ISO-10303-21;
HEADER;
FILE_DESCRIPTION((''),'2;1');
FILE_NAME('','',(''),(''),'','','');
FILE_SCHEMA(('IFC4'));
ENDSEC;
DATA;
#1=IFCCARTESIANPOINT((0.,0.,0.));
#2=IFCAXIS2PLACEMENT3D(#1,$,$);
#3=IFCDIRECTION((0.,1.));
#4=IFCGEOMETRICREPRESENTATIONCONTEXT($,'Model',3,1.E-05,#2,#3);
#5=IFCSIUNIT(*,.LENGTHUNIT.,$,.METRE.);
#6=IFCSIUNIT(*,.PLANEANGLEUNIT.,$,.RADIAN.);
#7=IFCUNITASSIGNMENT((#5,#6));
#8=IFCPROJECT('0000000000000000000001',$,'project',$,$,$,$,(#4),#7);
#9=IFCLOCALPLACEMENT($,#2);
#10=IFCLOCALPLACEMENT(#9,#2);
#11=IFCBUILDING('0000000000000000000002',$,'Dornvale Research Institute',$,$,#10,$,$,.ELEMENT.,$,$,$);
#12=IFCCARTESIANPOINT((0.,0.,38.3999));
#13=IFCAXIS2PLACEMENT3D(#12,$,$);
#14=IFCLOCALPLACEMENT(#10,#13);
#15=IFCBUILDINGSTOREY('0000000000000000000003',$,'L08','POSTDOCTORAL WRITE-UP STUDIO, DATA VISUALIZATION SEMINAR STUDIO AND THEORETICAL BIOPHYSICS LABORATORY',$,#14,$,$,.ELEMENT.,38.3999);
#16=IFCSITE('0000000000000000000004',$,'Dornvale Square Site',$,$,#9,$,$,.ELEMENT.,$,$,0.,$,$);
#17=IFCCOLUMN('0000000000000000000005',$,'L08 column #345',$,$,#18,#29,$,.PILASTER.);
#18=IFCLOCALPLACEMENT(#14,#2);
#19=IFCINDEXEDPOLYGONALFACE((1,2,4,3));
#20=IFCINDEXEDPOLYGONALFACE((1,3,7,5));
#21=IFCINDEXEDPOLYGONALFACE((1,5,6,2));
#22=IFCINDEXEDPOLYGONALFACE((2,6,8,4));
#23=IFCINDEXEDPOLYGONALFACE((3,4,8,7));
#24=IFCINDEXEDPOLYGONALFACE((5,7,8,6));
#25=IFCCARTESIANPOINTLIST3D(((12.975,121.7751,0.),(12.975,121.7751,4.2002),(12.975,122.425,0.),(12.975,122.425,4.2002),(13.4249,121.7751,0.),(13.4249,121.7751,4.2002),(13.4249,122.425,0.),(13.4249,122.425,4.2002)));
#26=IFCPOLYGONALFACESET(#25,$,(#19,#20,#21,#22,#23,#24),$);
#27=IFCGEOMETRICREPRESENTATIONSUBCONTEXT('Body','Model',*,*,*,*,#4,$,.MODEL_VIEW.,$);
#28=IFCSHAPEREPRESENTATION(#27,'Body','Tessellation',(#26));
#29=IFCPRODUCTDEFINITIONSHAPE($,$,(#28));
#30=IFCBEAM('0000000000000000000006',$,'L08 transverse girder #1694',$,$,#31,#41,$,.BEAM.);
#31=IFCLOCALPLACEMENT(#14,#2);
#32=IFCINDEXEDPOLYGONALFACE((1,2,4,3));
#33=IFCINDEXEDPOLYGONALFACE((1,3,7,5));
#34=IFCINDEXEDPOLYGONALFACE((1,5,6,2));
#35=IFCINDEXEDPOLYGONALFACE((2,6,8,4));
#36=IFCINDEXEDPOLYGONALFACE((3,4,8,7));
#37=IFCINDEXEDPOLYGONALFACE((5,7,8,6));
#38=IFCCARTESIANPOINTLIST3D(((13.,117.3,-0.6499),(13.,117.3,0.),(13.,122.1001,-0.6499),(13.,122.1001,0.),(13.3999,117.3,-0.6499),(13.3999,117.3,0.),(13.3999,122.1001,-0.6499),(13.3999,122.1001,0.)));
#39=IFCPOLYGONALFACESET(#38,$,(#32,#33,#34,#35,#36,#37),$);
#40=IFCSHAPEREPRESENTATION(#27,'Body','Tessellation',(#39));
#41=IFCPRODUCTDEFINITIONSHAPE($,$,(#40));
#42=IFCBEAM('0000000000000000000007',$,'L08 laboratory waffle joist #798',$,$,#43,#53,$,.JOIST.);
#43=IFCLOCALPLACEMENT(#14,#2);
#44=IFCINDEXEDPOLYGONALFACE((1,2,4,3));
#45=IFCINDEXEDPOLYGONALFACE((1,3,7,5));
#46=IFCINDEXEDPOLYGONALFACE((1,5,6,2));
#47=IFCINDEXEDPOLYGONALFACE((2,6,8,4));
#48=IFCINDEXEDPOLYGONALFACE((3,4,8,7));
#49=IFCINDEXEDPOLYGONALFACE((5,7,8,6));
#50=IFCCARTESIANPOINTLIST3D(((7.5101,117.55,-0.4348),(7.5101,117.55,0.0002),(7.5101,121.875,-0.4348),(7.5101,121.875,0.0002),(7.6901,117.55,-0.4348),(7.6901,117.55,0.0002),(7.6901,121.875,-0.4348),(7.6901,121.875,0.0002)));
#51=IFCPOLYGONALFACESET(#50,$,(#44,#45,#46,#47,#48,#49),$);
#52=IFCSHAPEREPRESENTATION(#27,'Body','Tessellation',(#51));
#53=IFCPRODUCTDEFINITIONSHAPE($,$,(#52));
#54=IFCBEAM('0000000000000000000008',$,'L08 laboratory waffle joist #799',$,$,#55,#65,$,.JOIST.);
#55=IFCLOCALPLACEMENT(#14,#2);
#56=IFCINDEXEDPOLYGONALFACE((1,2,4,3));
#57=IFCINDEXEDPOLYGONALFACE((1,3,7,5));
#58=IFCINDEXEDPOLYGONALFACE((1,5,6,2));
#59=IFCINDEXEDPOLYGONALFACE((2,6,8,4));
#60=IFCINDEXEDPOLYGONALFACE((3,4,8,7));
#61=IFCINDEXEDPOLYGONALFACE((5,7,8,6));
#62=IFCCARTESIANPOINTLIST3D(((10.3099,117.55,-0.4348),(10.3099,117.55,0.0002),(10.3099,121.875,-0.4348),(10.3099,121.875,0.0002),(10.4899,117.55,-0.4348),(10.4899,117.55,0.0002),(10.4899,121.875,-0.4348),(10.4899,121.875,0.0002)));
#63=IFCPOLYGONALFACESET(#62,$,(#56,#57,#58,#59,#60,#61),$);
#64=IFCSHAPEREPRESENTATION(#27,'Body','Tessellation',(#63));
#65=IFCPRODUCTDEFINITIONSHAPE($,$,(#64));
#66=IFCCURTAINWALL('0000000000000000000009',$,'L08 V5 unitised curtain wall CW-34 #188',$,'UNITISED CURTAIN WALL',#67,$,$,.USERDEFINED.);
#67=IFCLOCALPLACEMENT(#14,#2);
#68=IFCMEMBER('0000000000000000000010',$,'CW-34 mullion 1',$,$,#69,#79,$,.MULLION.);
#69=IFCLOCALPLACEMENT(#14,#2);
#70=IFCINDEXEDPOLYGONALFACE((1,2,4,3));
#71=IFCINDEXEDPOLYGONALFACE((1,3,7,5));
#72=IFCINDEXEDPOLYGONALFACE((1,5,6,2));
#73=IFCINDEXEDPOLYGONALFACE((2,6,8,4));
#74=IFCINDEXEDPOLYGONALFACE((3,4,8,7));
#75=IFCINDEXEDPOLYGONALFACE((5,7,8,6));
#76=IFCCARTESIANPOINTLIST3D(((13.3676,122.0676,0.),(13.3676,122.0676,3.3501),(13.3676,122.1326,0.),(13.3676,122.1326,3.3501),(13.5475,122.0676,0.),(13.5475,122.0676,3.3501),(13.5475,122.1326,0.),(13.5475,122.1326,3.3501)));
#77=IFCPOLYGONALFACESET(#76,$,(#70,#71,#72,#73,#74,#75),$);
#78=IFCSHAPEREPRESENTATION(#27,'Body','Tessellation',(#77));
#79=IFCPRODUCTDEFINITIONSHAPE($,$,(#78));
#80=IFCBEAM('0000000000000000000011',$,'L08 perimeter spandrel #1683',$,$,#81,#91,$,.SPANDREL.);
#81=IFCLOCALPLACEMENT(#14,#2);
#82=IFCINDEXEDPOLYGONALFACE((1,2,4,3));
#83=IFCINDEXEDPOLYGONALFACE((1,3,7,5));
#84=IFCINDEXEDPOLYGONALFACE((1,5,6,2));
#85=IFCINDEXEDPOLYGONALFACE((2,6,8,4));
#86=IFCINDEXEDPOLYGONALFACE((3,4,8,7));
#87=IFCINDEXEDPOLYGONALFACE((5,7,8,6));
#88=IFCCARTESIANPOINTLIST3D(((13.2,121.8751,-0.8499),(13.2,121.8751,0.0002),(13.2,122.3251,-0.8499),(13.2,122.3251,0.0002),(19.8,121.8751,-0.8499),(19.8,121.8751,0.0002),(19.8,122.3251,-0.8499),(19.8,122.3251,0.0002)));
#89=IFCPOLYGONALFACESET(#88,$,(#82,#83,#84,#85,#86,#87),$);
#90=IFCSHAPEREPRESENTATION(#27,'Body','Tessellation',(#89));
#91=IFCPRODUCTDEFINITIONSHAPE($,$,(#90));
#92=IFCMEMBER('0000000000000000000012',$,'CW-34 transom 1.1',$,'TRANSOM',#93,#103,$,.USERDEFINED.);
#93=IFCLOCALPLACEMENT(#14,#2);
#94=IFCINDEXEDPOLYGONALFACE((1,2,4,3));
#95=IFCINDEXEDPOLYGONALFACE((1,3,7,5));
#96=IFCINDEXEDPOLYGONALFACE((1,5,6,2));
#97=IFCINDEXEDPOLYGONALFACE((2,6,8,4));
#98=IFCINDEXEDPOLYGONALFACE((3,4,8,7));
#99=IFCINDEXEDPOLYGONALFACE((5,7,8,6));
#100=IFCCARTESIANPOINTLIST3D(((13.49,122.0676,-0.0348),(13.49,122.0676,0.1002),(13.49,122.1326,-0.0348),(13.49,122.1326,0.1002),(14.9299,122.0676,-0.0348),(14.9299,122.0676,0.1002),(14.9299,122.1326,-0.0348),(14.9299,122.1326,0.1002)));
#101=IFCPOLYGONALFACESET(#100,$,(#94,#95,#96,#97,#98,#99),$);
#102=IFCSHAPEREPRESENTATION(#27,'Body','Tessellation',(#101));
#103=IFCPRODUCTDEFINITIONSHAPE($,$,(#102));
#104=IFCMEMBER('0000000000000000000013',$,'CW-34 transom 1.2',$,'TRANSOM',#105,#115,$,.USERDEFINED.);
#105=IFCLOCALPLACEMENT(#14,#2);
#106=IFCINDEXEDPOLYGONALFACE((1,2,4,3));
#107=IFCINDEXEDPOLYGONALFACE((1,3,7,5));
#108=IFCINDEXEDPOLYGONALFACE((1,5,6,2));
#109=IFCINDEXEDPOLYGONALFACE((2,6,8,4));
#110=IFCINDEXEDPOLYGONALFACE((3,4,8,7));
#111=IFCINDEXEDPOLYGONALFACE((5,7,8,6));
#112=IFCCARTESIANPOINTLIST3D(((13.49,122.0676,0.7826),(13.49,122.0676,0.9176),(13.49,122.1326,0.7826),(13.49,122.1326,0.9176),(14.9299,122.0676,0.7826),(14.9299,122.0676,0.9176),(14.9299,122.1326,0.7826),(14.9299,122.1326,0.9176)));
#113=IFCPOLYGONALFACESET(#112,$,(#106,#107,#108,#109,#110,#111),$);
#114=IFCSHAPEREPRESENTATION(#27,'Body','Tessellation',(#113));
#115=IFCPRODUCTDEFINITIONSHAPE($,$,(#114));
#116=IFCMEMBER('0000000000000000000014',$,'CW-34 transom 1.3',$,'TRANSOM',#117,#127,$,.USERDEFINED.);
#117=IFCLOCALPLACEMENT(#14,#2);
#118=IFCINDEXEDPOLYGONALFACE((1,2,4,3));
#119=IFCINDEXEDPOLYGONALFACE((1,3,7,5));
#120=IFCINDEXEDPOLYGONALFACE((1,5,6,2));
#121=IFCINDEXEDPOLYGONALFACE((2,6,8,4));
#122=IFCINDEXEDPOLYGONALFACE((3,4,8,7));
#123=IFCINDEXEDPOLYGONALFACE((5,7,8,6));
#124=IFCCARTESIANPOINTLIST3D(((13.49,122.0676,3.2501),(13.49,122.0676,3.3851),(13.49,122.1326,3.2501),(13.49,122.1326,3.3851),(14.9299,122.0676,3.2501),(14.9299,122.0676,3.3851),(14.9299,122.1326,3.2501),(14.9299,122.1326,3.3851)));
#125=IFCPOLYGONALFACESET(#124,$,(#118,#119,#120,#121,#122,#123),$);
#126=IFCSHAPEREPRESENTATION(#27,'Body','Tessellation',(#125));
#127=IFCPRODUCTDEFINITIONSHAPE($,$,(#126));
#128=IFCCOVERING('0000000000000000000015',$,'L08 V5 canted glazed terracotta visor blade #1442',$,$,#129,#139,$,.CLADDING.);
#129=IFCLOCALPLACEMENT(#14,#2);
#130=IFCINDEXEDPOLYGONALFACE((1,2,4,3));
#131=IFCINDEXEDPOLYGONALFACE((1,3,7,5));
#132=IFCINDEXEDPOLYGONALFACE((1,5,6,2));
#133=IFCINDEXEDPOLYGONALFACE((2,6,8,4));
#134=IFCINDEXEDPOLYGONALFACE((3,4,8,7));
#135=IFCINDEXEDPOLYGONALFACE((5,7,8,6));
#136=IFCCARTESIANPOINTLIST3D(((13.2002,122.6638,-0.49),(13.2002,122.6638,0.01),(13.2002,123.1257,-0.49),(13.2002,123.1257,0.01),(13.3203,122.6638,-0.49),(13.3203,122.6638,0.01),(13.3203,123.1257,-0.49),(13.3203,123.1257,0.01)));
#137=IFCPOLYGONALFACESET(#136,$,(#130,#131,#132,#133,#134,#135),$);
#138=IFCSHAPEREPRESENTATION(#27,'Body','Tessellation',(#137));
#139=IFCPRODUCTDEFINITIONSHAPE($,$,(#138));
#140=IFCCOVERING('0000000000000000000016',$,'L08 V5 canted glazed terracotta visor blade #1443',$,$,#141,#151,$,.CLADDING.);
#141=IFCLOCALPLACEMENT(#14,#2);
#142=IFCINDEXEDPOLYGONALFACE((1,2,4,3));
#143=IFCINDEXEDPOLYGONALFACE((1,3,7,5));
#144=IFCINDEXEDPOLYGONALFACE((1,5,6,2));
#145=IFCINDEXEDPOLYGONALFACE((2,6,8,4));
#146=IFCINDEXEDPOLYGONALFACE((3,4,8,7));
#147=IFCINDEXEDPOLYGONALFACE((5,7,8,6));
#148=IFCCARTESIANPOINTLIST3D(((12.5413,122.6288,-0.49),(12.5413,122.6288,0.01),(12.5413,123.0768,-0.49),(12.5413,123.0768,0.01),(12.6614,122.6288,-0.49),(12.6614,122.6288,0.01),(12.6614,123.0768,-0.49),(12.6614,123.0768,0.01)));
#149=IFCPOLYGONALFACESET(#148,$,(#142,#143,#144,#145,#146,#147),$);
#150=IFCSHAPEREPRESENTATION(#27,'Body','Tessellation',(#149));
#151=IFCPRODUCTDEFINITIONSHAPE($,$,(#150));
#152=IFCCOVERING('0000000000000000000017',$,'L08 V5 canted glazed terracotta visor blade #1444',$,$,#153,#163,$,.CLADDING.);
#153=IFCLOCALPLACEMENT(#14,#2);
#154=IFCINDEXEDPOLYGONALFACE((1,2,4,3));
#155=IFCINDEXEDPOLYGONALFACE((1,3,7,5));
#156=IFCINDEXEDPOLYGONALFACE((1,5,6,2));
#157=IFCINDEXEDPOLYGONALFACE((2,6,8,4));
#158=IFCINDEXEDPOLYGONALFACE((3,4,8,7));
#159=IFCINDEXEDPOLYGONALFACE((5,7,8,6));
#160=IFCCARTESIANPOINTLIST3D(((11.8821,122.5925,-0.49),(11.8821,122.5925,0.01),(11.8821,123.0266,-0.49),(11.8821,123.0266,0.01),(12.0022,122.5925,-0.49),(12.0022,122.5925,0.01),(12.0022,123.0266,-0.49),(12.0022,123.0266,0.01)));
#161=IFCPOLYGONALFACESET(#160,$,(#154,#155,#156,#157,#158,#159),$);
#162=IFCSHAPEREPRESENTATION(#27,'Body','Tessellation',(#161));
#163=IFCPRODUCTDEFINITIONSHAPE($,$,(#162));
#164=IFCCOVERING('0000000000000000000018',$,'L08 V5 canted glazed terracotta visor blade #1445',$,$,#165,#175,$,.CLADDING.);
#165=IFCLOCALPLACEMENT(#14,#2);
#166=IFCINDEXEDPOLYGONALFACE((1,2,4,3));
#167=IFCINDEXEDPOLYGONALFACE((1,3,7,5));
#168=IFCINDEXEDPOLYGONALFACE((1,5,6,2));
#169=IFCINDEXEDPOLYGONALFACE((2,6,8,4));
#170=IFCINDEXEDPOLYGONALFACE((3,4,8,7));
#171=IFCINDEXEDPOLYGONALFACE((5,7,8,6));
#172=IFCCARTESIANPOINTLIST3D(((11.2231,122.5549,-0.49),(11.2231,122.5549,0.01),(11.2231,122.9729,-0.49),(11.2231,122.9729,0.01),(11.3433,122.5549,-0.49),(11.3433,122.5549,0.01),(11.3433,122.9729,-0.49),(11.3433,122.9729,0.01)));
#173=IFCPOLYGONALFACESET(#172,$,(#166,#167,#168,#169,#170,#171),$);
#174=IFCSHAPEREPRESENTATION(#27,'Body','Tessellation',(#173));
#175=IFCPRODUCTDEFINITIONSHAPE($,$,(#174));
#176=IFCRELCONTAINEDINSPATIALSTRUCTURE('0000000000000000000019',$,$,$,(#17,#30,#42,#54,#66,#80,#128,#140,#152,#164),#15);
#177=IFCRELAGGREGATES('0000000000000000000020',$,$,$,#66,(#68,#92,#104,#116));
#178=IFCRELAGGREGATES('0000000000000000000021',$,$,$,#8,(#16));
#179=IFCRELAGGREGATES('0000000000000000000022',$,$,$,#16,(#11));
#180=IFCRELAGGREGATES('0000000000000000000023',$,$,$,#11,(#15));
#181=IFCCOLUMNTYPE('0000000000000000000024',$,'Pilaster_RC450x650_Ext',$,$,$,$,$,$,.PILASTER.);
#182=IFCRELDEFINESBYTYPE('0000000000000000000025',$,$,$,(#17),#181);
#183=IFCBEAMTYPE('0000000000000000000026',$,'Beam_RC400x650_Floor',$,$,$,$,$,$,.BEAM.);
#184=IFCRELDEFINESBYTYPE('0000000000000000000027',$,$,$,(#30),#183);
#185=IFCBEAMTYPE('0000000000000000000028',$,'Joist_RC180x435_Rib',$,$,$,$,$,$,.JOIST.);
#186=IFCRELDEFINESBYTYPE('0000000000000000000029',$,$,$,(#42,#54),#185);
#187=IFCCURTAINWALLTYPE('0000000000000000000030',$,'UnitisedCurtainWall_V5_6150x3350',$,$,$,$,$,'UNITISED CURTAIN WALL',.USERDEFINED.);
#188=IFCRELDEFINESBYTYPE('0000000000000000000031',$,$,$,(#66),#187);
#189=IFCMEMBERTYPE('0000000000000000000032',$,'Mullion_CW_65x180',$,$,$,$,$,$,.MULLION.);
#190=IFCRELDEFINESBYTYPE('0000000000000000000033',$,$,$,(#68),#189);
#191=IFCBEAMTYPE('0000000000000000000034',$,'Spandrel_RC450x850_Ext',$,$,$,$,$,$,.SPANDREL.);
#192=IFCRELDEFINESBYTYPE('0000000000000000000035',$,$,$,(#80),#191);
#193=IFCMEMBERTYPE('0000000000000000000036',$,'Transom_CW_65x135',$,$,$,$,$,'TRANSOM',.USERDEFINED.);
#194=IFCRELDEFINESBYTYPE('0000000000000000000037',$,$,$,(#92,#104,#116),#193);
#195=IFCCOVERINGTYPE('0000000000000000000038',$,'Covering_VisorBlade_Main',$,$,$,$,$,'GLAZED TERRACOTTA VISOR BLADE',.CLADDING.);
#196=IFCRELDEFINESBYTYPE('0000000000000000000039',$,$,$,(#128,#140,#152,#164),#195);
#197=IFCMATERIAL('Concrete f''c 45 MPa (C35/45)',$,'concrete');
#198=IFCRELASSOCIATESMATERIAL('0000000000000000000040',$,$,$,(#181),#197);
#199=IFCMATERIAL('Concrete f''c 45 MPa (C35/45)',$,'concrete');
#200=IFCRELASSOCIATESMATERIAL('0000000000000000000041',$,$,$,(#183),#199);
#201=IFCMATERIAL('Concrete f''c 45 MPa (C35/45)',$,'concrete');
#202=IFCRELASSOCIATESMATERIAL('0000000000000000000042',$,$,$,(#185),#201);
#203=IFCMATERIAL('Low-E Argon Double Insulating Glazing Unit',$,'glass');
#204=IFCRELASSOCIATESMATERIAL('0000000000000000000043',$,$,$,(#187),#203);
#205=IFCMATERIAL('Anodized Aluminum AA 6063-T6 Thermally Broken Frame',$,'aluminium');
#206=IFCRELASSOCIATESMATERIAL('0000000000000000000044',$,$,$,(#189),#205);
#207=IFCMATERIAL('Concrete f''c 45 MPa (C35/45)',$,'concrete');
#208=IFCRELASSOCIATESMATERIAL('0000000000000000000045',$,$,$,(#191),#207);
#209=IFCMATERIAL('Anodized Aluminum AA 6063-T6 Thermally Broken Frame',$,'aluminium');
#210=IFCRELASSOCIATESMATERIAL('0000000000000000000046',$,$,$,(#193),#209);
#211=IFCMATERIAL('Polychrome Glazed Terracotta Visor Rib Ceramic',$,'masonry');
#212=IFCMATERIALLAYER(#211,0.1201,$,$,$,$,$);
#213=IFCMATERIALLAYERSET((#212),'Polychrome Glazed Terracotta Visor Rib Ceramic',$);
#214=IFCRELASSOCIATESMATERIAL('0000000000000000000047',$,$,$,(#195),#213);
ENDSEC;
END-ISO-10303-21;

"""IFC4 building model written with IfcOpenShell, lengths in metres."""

from ifc_helpers import new_model, si_unit, direction, frame, origin, origin_2d, place, context, subcontext, project, spatial, rectangle, extrude, material, layer, layer_set, material_profile, profile_set, type_object, element, aggregate, save


model = new_model("IFC4")

# Units and contexts
model_context = context("Model", 3, precision=1e-05, world=origin(), true_north=direction((0.0, 1.0)))
body_context = subcontext(model_context, "Body", "Model", "MODEL_VIEW")
ifc_project = project(units=[si_unit("LENGTHUNIT", "METRE"), si_unit("PLANEANGLEUNIT", "RADIAN")], contexts=[model_context])

# Site, building, storey
site_placement = place(None, origin())
site = spatial("IfcSite", under=ifc_project, at=site_placement, Name="Dornvale Square Site", CompositionType="ELEMENT", RefElevation=0.0)
building_placement = place(site_placement, origin())
building = spatial("IfcBuilding", under=site, at=building_placement, Name="Dornvale Research Institute", CompositionType="ELEMENT")
storey_placement = place(building_placement, frame((0.0, 0.0, 38.3999)))
storey = spatial("IfcBuildingStorey", under=building, at=storey_placement, Name="L08", Description="POSTDOCTORAL WRITE-UP STUDIO, DATA VISUALIZATION SEMINAR STUDIO AND THEORETICAL BIOPHYSICS LABORATORY", CompositionType="ELEMENT", Elevation=38.3999)

# Column
ifc_material_1 = material(Name="Concrete f'c 45 MPa (C35/45)", Category="concrete")
ifc_material_profile_1 = material_profile(ifc_material_1, rectangle(XDim=0.45, YDim=0.6499, at=origin_2d()), Name="RC 450x650")
ifc_profile_set_1 = profile_set([ifc_material_profile_1], Name="Concrete f'c 45 MPa (C35/45)")
column_type = type_object("IfcColumnType", Name="Pilaster_RC450x650_Ext", PredefinedType="PILASTER", material=ifc_profile_set_1)
column_placement = place(storey_placement, frame((13.2, 122.1001, 0.0), z_axis=(0.0, 0.0, 1.0), x_axis=(1.0, 0.0, 0.0)))
element("IfcColumn", 1, at=column_placement, inside=storey, type_object=column_type, Name="L08 column #345", PredefinedType="PILASTER", context=body_context, shape_type="SweptSolid", body=[
    extrude(rectangle(XDim=0.45, YDim=0.6499, at=origin_2d()), origin(), (0.0, 0.0, 1.0), 4.2002),
])

# Beams
ifc_material_2 = material(Name="Concrete f'c 45 MPa (C35/45)", Category="concrete")
ifc_material_profile_2 = material_profile(ifc_material_2, rectangle(XDim=0.3999, YDim=0.6499, at=origin_2d()), Name="RC 400x650")
ifc_profile_set_2 = profile_set([ifc_material_profile_2], Name="Concrete f'c 45 MPa (C35/45)")
beam_type_1 = type_object("IfcBeamType", Name="Beam_RC400x650_Floor", PredefinedType="BEAM", material=ifc_profile_set_2)
beam_1_placement = place(storey_placement, frame((13.2, 117.3, -0.325), z_axis=(0.0, 1.0, 0.0), x_axis=(-1.0, 0.0, 0.0)))
element("IfcBeam", 2, at=beam_1_placement, inside=storey, type_object=beam_type_1, Name="L08 transverse girder #1694", PredefinedType="BEAM", context=body_context, shape_type="SweptSolid", body=[
    extrude(rectangle(XDim=0.3999, YDim=0.6499, at=origin_2d()), origin(), (0.0, 0.0, 1.0), 4.8),
])
ifc_material_3 = material(Name="Concrete f'c 45 MPa (C35/45)", Category="concrete")
ifc_material_profile_3 = material_profile(ifc_material_3, rectangle(XDim=0.1799, YDim=0.4351, at=origin_2d()), Name="RC 180x435")
ifc_profile_set_3 = profile_set([ifc_material_profile_3], Name="Concrete f'c 45 MPa (C35/45)")
beam_type_2 = type_object("IfcBeamType", Name="Joist_RC180x435_Rib", PredefinedType="JOIST", material=ifc_profile_set_3)
for number, where, z_axis, x_axis, name in (
    (3, (7.6001, 117.55, -0.2173), (0.0, 1.0, 0.0), (-1.0, 0.0, 0.0), "L08 laboratory waffle joist #798"),
    (4, (10.3999, 117.55, -0.2173), (0.0, 1.0, 0.0), (-1.0, 0.0, 0.0), "L08 laboratory waffle joist #799"),
):
    element("IfcBeam", number, at=place(storey_placement, frame(where, z_axis=z_axis, x_axis=x_axis)), inside=storey, type_object=beam_type_2, Name=name, PredefinedType="JOIST", context=body_context, shape_type="SweptSolid", body=[
        extrude(rectangle(XDim=0.1799, YDim=0.4351, at=origin_2d()), origin(), (0.0, 0.0, 1.0), 4.325),
    ])

# Curtain wall, member
ifc_material_4 = material(Name="Low-E Argon Double Insulating Glazing Unit", Category="glass")
curtain_wall_type = type_object("IfcCurtainWallType", Name="UnitisedCurtainWall_V5_6150x3350", ElementType="UNITISED CURTAIN WALL", PredefinedType="USERDEFINED", material=ifc_material_4)
curtain_wall_placement = place(storey_placement, origin())
curtain_wall = element("IfcCurtainWall", 5, at=curtain_wall_placement, inside=storey, type_object=curtain_wall_type, Name="L08 V5 unitised curtain wall CW-34 #188", ObjectType="UNITISED CURTAIN WALL", PredefinedType="USERDEFINED")
ifc_material_5 = material(Name="Anodized Aluminum AA 6063-T6 Thermally Broken Frame", Category="aluminium")
ifc_material_profile_4 = material_profile(ifc_material_5, rectangle(XDim=0.0649, YDim=0.1799, at=origin_2d()), Name="ALU MULLION 65x180")
ifc_profile_set_4 = profile_set([ifc_material_profile_4], Name="Anodized Aluminum AA 6063-T6 Thermally Broken Frame")
member_type_1 = type_object("IfcMemberType", Name="Mullion_CW_65x180", PredefinedType="MULLION", material=ifc_profile_set_4)
member_1_placement = place(storey_placement, frame((13.4575, 122.1001, 0.0), z_axis=(0.0, 0.0, 1.0), x_axis=(0.0, 1.0, 0.0)))
member_1 = element("IfcMember", 6, at=member_1_placement, type_object=member_type_1, Name="CW-34 mullion 1", PredefinedType="MULLION", context=body_context, shape_type="SweptSolid", body=[
    extrude(rectangle(XDim=0.0649, YDim=0.1799, at=origin_2d()), origin(), (0.0, 0.0, 1.0), 3.3501),
])

# Beam
ifc_material_6 = material(Name="Concrete f'c 45 MPa (C35/45)", Category="concrete")
ifc_material_profile_5 = material_profile(ifc_material_6, rectangle(XDim=0.45, YDim=0.8501, at=origin_2d()), Name="RC 450x850")
ifc_profile_set_5 = profile_set([ifc_material_profile_5], Name="Concrete f'c 45 MPa (C35/45)")
beam_type_3 = type_object("IfcBeamType", Name="Spandrel_RC450x850_Ext", PredefinedType="SPANDREL", material=ifc_profile_set_5)
beam_2_placement = place(storey_placement, frame((13.2, 122.1001, -0.4248), z_axis=(1.0, 0.0, 0.0), x_axis=(0.0, 1.0, 0.0)))
element("IfcBeam", 7, at=beam_2_placement, inside=storey, type_object=beam_type_3, Name="L08 perimeter spandrel #1683", PredefinedType="SPANDREL", context=body_context, shape_type="SweptSolid", body=[
    extrude(rectangle(XDim=0.45, YDim=0.8501, at=origin_2d()), origin(), (0.0, 0.0, 1.0), 6.6001),
])

# Members
ifc_material_7 = material(Name="Anodized Aluminum AA 6063-T6 Thermally Broken Frame", Category="aluminium")
ifc_material_profile_6 = material_profile(ifc_material_7, rectangle(XDim=0.0649, YDim=0.135, at=origin_2d()), Name="ALU TRANSOM 65x135")
ifc_profile_set_6 = profile_set([ifc_material_profile_6], Name="Anodized Aluminum AA 6063-T6 Thermally Broken Frame")
member_type_2 = type_object("IfcMemberType", Name="Transom_CW_65x135", ElementType="TRANSOM", PredefinedType="USERDEFINED", material=ifc_profile_set_6)
member_2_placement = place(storey_placement, frame((13.49, 122.1001, 0.0327), z_axis=(1.0, 0.0, 0.0), x_axis=(0.0, 1.0, 0.0)))
member_2 = element("IfcMember", 8, at=member_2_placement, type_object=member_type_2, Name="CW-34 transom 1.1", ObjectType="TRANSOM", PredefinedType="USERDEFINED", context=body_context, shape_type="SweptSolid", body=[
    extrude(rectangle(XDim=0.0649, YDim=0.135, at=origin_2d()), origin(), (0.0, 0.0, 1.0), 1.4399),
])
member_3_placement = place(storey_placement, frame((13.49, 122.1001, 0.8501), z_axis=(1.0, 0.0, 0.0), x_axis=(0.0, 1.0, 0.0)))
member_3 = element("IfcMember", 9, at=member_3_placement, type_object=member_type_2, Name="CW-34 transom 1.2", ObjectType="TRANSOM", PredefinedType="USERDEFINED", context=body_context, shape_type="SweptSolid", body=[
    extrude(rectangle(XDim=0.0649, YDim=0.135, at=origin_2d()), origin(), (0.0, 0.0, 1.0), 1.4399),
])
member_4_placement = place(storey_placement, frame((13.49, 122.1001, 3.3176), z_axis=(1.0, 0.0, 0.0), x_axis=(0.0, 1.0, 0.0)))
member_4 = element("IfcMember", 10, at=member_4_placement, type_object=member_type_2, Name="CW-34 transom 1.3", ObjectType="TRANSOM", PredefinedType="USERDEFINED", context=body_context, shape_type="SweptSolid", body=[
    extrude(rectangle(XDim=0.0649, YDim=0.135, at=origin_2d()), origin(), (0.0, 0.0, 1.0), 1.4399),
])
aggregate(curtain_wall, [member_1, member_2, member_3, member_4])

# Coverings
ifc_material_8 = material(Name="Polychrome Glazed Terracotta Visor Rib Ceramic", Category="masonry")
ifc_layer = layer(ifc_material_8, 0.1201)
ifc_layer_set = layer_set([ifc_layer], Name="Polychrome Glazed Terracotta Visor Rib Ceramic")
covering_type = type_object("IfcCoveringType", Name="Covering_VisorBlade_Main", ElementType="GLAZED TERRACOTTA VISOR BLADE", PredefinedType="CLADDING", material=ifc_layer_set)
covering_1_placement = place(storey_placement, frame((13.2603, 122.8948, -0.49), z_axis=(0.0, 0.0, 1.0), x_axis=(0.0, 1.0, 0.0)))
element("IfcCovering", 11, at=covering_1_placement, inside=storey, type_object=covering_type, Name="L08 V5 canted glazed terracotta visor blade #1442", PredefinedType="CLADDING", context=body_context, shape_type="SweptSolid", body=[
    extrude(rectangle(XDim=0.4619, YDim=0.1201, at=origin_2d()), origin(), (0.0, 0.0, 1.0), 0.5),
])
covering_2_placement = place(storey_placement, frame((12.6013, 122.8528, -0.49), z_axis=(0.0, 0.0, 1.0), x_axis=(0.0, 1.0, 0.0)))
element("IfcCovering", 12, at=covering_2_placement, inside=storey, type_object=covering_type, Name="L08 V5 canted glazed terracotta visor blade #1443", PredefinedType="CLADDING", context=body_context, shape_type="SweptSolid", body=[
    extrude(rectangle(XDim=0.448, YDim=0.1201, at=origin_2d()), origin(), (0.0, 0.0, 1.0), 0.5),
])
covering_3_placement = place(storey_placement, frame((11.9421, 122.8096, -0.49), z_axis=(0.0, 0.0, 1.0), x_axis=(0.0, 1.0, 0.0)))
element("IfcCovering", 13, at=covering_3_placement, inside=storey, type_object=covering_type, Name="L08 V5 canted glazed terracotta visor blade #1444", PredefinedType="CLADDING", context=body_context, shape_type="SweptSolid", body=[
    extrude(rectangle(XDim=0.4341, YDim=0.1201, at=origin_2d()), origin(), (0.0, 0.0, 1.0), 0.5),
])
covering_4_placement = place(storey_placement, frame((11.2832, 122.7639, -0.49), z_axis=(0.0, 0.0, 1.0), x_axis=(0.0, 1.0, 0.0)))
element("IfcCovering", 14, at=covering_4_placement, inside=storey, type_object=covering_type, Name="L08 V5 canted glazed terracotta visor blade #1445", PredefinedType="CLADDING", context=body_context, shape_type="SweptSolid", body=[
    extrude(rectangle(XDim=0.418, YDim=0.1201, at=origin_2d()), origin(), (0.0, 0.0, 1.0), 0.5),
])

save(model, "model.ifc")
